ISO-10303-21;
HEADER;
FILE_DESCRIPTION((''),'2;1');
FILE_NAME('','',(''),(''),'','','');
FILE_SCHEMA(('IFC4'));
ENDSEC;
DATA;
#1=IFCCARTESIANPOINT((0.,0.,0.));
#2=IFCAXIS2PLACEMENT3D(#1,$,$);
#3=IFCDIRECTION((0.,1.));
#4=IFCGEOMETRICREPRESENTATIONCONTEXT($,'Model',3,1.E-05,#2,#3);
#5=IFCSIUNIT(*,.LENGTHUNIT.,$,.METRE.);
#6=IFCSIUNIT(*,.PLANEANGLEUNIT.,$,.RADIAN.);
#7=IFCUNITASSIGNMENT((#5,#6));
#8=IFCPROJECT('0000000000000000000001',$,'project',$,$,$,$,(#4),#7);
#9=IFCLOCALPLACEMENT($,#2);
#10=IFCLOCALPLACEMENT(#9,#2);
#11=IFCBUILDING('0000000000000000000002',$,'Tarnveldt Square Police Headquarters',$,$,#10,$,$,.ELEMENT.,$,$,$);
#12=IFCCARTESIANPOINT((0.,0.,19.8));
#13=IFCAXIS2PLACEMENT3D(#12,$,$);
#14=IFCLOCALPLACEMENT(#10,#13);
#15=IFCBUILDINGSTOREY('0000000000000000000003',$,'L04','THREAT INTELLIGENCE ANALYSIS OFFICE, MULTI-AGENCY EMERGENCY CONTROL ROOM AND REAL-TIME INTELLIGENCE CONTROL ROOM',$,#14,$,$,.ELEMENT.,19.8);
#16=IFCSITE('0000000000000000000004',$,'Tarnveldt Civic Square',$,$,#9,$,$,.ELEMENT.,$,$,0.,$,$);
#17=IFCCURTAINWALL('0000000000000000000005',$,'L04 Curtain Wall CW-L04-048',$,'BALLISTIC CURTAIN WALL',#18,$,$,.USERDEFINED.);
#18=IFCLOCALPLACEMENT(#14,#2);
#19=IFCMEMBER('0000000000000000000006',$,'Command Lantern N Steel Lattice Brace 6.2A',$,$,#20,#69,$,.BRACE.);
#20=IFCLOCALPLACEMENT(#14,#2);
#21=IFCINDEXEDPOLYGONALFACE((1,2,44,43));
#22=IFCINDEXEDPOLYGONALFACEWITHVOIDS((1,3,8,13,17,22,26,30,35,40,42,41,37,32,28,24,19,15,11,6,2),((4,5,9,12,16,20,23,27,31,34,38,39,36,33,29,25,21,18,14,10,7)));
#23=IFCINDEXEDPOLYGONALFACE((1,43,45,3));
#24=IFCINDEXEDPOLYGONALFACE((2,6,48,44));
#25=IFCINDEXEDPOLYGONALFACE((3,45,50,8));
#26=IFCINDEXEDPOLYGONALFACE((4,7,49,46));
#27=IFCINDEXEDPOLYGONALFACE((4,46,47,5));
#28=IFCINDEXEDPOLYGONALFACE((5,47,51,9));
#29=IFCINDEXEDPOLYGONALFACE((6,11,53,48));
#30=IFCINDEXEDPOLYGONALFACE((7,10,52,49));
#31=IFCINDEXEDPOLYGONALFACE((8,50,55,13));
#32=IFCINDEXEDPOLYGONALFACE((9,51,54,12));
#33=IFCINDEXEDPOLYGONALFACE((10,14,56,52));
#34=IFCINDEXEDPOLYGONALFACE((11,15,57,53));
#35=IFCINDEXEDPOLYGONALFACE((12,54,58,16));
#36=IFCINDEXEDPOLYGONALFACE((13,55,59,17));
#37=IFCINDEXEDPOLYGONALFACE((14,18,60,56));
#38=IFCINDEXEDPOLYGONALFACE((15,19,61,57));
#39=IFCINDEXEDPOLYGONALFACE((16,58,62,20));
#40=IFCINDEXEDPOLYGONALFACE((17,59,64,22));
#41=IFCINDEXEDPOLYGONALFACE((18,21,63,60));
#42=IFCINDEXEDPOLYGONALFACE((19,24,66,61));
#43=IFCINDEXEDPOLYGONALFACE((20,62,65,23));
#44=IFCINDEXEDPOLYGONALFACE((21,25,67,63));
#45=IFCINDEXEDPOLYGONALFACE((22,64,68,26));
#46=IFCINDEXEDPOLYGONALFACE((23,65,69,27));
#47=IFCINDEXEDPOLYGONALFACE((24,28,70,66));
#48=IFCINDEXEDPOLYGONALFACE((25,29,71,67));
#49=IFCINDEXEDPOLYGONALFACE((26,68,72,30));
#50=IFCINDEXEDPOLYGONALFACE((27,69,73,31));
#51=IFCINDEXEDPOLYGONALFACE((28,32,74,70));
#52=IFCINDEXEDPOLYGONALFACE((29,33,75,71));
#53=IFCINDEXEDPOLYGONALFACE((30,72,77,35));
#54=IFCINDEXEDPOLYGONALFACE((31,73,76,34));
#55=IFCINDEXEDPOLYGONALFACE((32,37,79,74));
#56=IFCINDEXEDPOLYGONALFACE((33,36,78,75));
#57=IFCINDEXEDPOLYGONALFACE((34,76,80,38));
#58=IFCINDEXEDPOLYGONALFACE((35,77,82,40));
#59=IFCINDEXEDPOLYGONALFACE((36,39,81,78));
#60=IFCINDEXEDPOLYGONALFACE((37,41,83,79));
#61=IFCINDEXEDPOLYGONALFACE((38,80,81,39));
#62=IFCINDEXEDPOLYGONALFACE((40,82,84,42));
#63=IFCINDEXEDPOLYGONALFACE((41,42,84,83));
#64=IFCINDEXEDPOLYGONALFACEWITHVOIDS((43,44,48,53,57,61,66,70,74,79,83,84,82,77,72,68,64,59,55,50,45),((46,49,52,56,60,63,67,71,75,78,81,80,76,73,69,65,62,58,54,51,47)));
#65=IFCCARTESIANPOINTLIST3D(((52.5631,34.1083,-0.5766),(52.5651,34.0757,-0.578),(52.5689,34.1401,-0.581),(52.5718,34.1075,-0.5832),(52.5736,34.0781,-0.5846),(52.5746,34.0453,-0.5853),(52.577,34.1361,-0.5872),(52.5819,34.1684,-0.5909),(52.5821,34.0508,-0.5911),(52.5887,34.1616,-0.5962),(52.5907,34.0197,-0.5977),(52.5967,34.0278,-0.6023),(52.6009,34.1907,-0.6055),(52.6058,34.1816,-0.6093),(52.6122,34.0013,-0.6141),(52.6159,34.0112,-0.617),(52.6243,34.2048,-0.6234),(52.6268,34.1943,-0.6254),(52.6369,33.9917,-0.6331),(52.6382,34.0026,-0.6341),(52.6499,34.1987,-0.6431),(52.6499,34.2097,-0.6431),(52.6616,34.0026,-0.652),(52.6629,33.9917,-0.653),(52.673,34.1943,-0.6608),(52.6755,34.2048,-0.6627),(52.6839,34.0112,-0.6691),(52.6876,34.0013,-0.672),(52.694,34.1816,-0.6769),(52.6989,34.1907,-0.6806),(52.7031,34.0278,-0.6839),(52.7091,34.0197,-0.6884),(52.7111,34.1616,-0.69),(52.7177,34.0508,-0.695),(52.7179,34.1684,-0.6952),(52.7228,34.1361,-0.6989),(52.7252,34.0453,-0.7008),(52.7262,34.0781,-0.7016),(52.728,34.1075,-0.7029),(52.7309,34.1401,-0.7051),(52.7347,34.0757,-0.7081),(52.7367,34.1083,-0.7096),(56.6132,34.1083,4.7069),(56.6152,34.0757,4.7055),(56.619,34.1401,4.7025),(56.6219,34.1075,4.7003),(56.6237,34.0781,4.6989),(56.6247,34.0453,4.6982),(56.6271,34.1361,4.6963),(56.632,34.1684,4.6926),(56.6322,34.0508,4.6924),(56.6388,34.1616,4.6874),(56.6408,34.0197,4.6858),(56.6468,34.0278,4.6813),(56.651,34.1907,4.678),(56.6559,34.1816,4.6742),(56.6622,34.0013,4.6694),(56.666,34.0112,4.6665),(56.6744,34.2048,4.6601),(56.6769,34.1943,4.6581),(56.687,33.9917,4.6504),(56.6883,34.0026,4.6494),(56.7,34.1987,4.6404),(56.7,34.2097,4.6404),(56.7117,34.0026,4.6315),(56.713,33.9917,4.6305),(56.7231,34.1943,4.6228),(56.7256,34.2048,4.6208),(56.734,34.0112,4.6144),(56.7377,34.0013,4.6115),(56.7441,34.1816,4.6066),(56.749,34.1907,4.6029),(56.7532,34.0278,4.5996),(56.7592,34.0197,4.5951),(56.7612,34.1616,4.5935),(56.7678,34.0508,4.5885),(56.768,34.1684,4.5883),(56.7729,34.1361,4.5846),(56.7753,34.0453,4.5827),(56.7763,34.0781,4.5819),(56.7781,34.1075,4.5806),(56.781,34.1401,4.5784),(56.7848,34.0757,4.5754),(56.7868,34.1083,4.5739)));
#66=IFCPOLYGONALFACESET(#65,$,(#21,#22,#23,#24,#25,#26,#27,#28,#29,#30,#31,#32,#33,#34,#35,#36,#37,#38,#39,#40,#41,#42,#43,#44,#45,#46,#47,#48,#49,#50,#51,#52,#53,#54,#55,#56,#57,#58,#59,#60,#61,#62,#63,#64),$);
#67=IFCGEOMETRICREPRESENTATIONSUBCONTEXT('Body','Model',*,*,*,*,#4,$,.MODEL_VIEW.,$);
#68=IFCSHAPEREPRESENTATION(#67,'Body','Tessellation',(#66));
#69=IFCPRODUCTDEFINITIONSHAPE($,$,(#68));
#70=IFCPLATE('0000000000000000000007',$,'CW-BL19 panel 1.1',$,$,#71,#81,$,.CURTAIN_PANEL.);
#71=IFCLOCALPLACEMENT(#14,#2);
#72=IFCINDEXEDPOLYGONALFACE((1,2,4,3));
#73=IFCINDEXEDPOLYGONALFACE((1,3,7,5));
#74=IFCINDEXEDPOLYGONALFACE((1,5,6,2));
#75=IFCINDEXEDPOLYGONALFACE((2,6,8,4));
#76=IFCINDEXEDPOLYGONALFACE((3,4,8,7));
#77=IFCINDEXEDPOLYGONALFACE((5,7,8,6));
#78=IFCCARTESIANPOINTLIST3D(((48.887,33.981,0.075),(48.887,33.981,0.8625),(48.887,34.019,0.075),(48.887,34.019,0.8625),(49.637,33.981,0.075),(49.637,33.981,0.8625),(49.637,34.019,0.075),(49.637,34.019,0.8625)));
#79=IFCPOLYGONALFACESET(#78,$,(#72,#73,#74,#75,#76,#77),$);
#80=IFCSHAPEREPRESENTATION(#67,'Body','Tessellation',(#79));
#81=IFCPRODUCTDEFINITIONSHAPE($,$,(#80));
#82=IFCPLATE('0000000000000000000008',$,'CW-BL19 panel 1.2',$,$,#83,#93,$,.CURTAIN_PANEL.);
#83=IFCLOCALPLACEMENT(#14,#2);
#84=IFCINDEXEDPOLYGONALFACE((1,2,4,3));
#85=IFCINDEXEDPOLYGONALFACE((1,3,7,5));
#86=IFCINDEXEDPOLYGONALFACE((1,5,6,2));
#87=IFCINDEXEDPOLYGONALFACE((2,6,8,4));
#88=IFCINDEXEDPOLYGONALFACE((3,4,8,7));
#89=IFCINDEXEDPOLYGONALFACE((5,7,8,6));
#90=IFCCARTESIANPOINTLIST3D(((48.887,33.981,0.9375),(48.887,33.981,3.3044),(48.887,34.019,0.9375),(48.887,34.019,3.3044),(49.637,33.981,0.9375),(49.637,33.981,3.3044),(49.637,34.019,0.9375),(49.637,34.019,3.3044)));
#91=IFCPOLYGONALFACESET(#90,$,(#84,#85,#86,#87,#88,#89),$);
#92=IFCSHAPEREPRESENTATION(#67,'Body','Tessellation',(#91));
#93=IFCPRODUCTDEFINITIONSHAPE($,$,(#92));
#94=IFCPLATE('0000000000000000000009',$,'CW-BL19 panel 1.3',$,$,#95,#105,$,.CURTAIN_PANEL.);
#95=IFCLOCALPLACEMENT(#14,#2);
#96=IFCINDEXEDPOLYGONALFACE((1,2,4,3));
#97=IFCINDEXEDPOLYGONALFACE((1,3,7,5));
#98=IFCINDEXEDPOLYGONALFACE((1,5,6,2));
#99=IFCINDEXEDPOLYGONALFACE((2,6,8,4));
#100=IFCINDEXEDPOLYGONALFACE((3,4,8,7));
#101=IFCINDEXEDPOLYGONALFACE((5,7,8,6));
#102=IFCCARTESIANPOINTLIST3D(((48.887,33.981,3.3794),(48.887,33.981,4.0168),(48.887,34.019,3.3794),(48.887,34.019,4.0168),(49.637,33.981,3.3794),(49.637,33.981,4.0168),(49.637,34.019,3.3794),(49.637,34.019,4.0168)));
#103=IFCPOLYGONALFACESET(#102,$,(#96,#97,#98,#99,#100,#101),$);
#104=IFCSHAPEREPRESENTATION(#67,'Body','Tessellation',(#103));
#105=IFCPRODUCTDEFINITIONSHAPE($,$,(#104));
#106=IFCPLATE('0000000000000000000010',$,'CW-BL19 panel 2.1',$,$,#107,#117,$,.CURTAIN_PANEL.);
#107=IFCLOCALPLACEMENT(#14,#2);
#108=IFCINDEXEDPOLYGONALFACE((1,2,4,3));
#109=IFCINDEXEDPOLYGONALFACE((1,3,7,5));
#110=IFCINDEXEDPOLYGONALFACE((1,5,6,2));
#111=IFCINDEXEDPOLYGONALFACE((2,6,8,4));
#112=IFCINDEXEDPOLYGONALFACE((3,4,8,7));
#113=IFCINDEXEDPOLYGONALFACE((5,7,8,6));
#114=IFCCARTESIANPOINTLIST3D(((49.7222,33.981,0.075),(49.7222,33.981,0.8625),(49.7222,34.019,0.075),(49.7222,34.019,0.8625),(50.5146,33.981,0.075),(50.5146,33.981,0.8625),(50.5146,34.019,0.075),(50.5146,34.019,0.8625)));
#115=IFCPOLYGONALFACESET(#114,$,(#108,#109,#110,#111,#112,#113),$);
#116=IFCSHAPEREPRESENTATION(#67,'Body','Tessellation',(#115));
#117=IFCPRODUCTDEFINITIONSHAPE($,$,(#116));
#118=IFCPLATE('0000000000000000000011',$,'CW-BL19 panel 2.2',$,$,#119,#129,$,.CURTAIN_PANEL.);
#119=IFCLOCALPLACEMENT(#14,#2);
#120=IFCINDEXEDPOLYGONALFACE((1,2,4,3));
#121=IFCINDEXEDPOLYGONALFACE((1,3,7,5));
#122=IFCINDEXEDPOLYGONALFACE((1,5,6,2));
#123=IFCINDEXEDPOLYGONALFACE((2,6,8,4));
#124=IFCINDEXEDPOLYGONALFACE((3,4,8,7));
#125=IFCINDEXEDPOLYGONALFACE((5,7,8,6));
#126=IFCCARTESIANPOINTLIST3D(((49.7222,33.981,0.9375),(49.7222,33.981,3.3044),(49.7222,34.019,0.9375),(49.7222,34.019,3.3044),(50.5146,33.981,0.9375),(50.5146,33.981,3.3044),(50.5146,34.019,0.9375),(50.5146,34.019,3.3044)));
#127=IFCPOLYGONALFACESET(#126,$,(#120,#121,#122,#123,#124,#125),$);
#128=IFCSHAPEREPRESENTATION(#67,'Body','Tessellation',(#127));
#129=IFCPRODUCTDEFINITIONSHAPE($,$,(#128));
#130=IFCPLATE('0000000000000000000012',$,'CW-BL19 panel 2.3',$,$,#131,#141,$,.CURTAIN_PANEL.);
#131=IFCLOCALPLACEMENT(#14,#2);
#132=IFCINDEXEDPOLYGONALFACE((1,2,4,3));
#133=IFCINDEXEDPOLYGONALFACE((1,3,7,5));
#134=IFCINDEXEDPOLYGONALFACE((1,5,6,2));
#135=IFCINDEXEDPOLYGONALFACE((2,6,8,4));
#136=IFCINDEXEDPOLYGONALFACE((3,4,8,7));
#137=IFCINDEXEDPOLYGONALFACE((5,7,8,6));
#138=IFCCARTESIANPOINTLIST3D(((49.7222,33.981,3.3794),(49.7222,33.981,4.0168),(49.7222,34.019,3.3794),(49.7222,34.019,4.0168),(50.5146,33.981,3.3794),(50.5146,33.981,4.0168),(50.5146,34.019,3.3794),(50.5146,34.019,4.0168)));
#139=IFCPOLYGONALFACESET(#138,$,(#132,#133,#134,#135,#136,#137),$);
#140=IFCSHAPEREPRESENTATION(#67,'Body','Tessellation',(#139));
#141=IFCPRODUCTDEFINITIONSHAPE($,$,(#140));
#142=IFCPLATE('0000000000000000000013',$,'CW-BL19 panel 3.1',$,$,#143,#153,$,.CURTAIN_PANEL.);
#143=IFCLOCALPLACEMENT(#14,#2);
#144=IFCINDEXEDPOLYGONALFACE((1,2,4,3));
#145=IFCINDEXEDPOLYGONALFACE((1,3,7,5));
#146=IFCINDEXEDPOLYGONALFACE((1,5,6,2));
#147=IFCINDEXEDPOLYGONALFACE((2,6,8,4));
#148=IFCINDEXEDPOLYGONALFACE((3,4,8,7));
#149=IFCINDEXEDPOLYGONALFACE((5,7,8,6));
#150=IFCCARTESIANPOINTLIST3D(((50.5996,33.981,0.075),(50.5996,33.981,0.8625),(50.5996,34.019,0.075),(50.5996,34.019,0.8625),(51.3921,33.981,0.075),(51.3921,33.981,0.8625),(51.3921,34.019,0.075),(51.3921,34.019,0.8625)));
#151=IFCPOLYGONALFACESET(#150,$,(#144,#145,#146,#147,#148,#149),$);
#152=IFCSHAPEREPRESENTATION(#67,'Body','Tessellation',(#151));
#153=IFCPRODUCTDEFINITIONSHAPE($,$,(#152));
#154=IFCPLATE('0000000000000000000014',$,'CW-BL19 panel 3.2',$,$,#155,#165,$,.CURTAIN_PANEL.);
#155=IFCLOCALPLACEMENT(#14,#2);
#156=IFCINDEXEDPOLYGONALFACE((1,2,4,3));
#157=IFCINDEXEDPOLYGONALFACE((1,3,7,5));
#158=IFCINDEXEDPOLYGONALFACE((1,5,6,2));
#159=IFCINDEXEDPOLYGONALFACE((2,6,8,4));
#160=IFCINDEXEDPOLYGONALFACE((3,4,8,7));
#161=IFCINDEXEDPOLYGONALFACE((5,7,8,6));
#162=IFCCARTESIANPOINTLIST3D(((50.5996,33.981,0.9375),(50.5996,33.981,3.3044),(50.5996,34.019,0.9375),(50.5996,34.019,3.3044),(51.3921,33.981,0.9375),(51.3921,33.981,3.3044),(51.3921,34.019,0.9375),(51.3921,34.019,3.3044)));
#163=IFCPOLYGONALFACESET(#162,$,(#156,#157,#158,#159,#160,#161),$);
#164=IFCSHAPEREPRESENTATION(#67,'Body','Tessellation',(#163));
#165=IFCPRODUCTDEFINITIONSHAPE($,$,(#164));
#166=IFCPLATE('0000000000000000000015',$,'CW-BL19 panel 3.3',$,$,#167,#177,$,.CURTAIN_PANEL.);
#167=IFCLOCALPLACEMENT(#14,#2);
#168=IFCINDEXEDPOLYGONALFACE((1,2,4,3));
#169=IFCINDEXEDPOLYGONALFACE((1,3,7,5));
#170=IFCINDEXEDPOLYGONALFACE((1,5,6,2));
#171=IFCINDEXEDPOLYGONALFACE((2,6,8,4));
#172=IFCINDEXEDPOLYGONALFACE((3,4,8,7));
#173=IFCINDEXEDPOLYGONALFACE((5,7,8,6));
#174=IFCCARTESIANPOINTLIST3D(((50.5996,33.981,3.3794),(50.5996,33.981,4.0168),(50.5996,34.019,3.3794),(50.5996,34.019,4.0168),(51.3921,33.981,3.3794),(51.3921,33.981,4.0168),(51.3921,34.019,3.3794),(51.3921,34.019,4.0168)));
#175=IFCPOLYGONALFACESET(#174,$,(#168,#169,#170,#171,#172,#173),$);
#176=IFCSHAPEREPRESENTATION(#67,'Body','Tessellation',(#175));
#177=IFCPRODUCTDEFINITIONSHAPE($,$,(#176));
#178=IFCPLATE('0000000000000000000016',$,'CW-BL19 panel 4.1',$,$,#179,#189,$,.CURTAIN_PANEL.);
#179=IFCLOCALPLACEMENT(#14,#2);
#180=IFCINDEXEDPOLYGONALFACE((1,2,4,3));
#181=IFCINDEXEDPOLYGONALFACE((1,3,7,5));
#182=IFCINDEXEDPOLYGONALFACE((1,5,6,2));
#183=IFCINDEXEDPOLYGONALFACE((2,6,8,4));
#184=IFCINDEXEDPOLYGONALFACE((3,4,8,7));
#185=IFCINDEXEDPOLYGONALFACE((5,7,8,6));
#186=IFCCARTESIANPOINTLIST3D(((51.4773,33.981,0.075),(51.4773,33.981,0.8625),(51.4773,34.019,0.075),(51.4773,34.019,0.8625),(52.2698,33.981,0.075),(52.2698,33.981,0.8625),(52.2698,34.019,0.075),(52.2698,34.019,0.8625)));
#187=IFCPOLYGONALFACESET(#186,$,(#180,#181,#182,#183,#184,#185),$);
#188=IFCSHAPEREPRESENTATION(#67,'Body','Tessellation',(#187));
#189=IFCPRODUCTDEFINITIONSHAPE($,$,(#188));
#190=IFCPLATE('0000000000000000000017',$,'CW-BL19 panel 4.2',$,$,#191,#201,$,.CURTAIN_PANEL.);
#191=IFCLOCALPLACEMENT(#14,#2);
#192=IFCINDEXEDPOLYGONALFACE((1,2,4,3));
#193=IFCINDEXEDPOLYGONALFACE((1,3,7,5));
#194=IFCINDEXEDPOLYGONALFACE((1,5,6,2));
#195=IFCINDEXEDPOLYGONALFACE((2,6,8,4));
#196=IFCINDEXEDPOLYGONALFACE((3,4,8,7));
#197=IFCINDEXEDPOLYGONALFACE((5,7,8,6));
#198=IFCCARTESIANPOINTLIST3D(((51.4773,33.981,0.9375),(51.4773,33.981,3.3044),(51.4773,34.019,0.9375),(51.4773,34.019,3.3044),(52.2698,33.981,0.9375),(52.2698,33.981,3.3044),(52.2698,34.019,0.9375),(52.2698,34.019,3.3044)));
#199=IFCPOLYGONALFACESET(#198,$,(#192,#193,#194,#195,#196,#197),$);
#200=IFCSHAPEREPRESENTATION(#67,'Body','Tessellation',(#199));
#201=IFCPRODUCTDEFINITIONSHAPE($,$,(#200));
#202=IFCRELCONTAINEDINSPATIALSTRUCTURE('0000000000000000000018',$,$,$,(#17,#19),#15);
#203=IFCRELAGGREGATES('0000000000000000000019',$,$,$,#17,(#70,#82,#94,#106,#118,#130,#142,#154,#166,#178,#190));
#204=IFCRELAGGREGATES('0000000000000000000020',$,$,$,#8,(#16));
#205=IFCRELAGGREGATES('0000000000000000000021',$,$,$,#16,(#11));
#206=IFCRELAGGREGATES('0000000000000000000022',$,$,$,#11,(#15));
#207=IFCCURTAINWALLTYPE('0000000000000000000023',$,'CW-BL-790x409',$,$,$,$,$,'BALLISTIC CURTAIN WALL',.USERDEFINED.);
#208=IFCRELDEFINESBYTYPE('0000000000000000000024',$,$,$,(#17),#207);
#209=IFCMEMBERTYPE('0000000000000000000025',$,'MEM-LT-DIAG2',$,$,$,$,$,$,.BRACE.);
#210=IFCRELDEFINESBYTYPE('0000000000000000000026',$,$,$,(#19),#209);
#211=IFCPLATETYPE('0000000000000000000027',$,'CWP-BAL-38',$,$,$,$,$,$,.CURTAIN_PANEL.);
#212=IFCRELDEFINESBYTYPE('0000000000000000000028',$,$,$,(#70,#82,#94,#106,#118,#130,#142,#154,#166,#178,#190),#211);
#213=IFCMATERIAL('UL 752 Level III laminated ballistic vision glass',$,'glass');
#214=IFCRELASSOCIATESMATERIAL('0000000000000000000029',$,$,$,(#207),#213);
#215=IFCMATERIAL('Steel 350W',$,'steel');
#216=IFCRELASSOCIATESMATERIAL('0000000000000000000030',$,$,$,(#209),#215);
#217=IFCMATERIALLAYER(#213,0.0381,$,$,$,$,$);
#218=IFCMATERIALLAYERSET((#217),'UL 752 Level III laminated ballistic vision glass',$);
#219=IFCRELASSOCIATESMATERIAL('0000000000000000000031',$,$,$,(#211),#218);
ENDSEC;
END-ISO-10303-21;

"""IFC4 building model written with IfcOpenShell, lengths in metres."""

from ifc_helpers import new_model, si_unit, direction, frame, origin, origin_2d, place, context, subcontext, project, spatial, rectangle, hollow_circle, extrude, material, layer, layer_set, material_profile, profile_set, type_object, element, aggregate, save


model = new_model("IFC4")

# Units and contexts
model_context = context("Model", 3, precision=1e-05, world=origin(), true_north=direction((0.0, 1.0)))
body_context = subcontext(model_context, "Body", "Model", "MODEL_VIEW")
ifc_project = project(units=[si_unit("LENGTHUNIT", "METRE"), si_unit("PLANEANGLEUNIT", "RADIAN")], contexts=[model_context])

# Site, building, storey
site_placement = place(None, origin())
site = spatial("IfcSite", under=ifc_project, at=site_placement, Name="Tarnveldt Civic Square", CompositionType="ELEMENT", RefElevation=0.0)
building_placement = place(site_placement, origin())
building = spatial("IfcBuilding", under=site, at=building_placement, Name="Tarnveldt Square Police Headquarters", CompositionType="ELEMENT")
storey_placement = place(building_placement, frame((0.0, 0.0, 19.8)))
storey = spatial("IfcBuildingStorey", under=building, at=storey_placement, Name="L04", Description="THREAT INTELLIGENCE ANALYSIS OFFICE, MULTI-AGENCY EMERGENCY CONTROL ROOM AND REAL-TIME INTELLIGENCE CONTROL ROOM", CompositionType="ELEMENT", Elevation=19.8)

# Curtain wall
ifc_material_1 = material(Name="UL 752 Level III laminated ballistic vision glass", Category="glass")
curtain_wall_type = type_object("IfcCurtainWallType", Name="CW-BL-790x409", ElementType="BALLISTIC CURTAIN WALL", PredefinedType="USERDEFINED", material=ifc_material_1)
curtain_wall_placement = place(storey_placement, origin())
curtain_wall = element("IfcCurtainWall", 1, at=curtain_wall_placement, inside=storey, type_object=curtain_wall_type, Name="L04 Curtain Wall CW-L04-048", ObjectType="BALLISTIC CURTAIN WALL", PredefinedType="USERDEFINED")

# Member
ifc_material_2 = material(Name="Steel 350W", Category="steel")
ifc_material_profile_1 = material_profile(ifc_material_2, hollow_circle(Radius=0.1096, WallThickness=0.011, at=origin_2d()), Name="HSS219x11")
ifc_profile_set_1 = profile_set([ifc_material_profile_1], Name="Steel 350W")
member_type_1 = type_object("IfcMemberType", Name="MEM-LT-DIAG2", PredefinedType="BRACE", material=ifc_profile_set_1)
member_1_placement = place(storey_placement, frame((52.6499, 34.1001, -0.6431), z_axis=(0.608375, 0.0, 0.793649), x_axis=(0.0, 1.0, 0.0)))
element("IfcMember", 2, at=member_1_placement, inside=storey, type_object=member_type_1, Name="Command Lantern N Steel Lattice Brace 6.2A", PredefinedType="BRACE", context=body_context, shape_type="SweptSolid", body=[
    extrude(hollow_circle(Radius=0.1096, WallThickness=0.011, at=origin_2d()), origin(), (0.0, 0.0, 1.0), 6.6572),
])

# Plates
ifc_layer_1 = layer(ifc_material_1, 0.0381)
ifc_layer_set_1 = layer_set([ifc_layer_1], Name="UL 752 Level III laminated ballistic vision glass")
plate_type_1 = type_object("IfcPlateType", Name="CWP-BAL-38", PredefinedType="CURTAIN_PANEL", material=ifc_layer_set_1)
plate_1_placement = place(storey_placement, frame((49.262, 34.0, 0.075), z_axis=(0.0, 0.0, 1.0), x_axis=(1.0, 0.0, 0.0)))
plate_1 = element("IfcPlate", 3, at=plate_1_placement, type_object=plate_type_1, Name="CW-BL19 panel 1.1", PredefinedType="CURTAIN_PANEL", context=body_context, shape_type="SweptSolid", body=[
    extrude(rectangle(XDim=0.75, YDim=0.0381, at=origin_2d()), origin(), (0.0, 0.0, 1.0), 0.7876),
])
plate_2_placement = place(storey_placement, frame((49.262, 34.0, 0.9375), z_axis=(0.0, 0.0, 1.0), x_axis=(1.0, 0.0, 0.0)))
plate_2 = element("IfcPlate", 4, at=plate_2_placement, type_object=plate_type_1, Name="CW-BL19 panel 1.2", PredefinedType="CURTAIN_PANEL", context=body_context, shape_type="SweptSolid", body=[
    extrude(rectangle(XDim=0.75, YDim=0.0381, at=origin_2d()), origin(), (0.0, 0.0, 1.0), 2.3669),
])
plate_3_placement = place(storey_placement, frame((49.262, 34.0, 3.3794), z_axis=(0.0, 0.0, 1.0), x_axis=(1.0, 0.0, 0.0)))
plate_3 = element("IfcPlate", 5, at=plate_3_placement, type_object=plate_type_1, Name="CW-BL19 panel 1.3", PredefinedType="CURTAIN_PANEL", context=body_context, shape_type="SweptSolid", body=[
    extrude(rectangle(XDim=0.75, YDim=0.0381, at=origin_2d()), origin(), (0.0, 0.0, 1.0), 0.6375),
])
plate_4_placement = place(storey_placement, frame((50.1184, 34.0, 0.075), z_axis=(0.0, 0.0, 1.0), x_axis=(1.0, 0.0, 0.0)))
plate_4 = element("IfcPlate", 6, at=plate_4_placement, type_object=plate_type_1, Name="CW-BL19 panel 2.1", PredefinedType="CURTAIN_PANEL", context=body_context, shape_type="SweptSolid", body=[
    extrude(rectangle(XDim=0.7925, YDim=0.0381, at=origin_2d()), origin(), (0.0, 0.0, 1.0), 0.7876),
])
plate_5_placement = place(storey_placement, frame((50.1184, 34.0, 0.9375), z_axis=(0.0, 0.0, 1.0), x_axis=(1.0, 0.0, 0.0)))
plate_5 = element("IfcPlate", 7, at=plate_5_placement, type_object=plate_type_1, Name="CW-BL19 panel 2.2", PredefinedType="CURTAIN_PANEL", context=body_context, shape_type="SweptSolid", body=[
    extrude(rectangle(XDim=0.7925, YDim=0.0381, at=origin_2d()), origin(), (0.0, 0.0, 1.0), 2.3669),
])
plate_6_placement = place(storey_placement, frame((50.1184, 34.0, 3.3794), z_axis=(0.0, 0.0, 1.0), x_axis=(1.0, 0.0, 0.0)))
plate_6 = element("IfcPlate", 8, at=plate_6_placement, type_object=plate_type_1, Name="CW-BL19 panel 2.3", PredefinedType="CURTAIN_PANEL", context=body_context, shape_type="SweptSolid", body=[
    extrude(rectangle(XDim=0.7925, YDim=0.0381, at=origin_2d()), origin(), (0.0, 0.0, 1.0), 0.6375),
])
plate_7_placement = place(storey_placement, frame((50.9958, 34.0, 0.075), z_axis=(0.0, 0.0, 1.0), x_axis=(1.0, 0.0, 0.0)))
plate_7 = element("IfcPlate", 9, at=plate_7_placement, type_object=plate_type_1, Name="CW-BL19 panel 3.1", PredefinedType="CURTAIN_PANEL", context=body_context, shape_type="SweptSolid", body=[
    extrude(rectangle(XDim=0.7925, YDim=0.0381, at=origin_2d()), origin(), (0.0, 0.0, 1.0), 0.7876),
])
plate_8_placement = place(storey_placement, frame((50.9958, 34.0, 0.9375), z_axis=(0.0, 0.0, 1.0), x_axis=(1.0, 0.0, 0.0)))
plate_8 = element("IfcPlate", 10, at=plate_8_placement, type_object=plate_type_1, Name="CW-BL19 panel 3.2", PredefinedType="CURTAIN_PANEL", context=body_context, shape_type="SweptSolid", body=[
    extrude(rectangle(XDim=0.7925, YDim=0.0381, at=origin_2d()), origin(), (0.0, 0.0, 1.0), 2.3669),
])
plate_9_placement = place(storey_placement, frame((50.9958, 34.0, 3.3794), z_axis=(0.0, 0.0, 1.0), x_axis=(1.0, 0.0, 0.0)))
plate_9 = element("IfcPlate", 11, at=plate_9_placement, type_object=plate_type_1, Name="CW-BL19 panel 3.3", PredefinedType="CURTAIN_PANEL", context=body_context, shape_type="SweptSolid", body=[
    extrude(rectangle(XDim=0.7925, YDim=0.0381, at=origin_2d()), origin(), (0.0, 0.0, 1.0), 0.6375),
])
plate_10_placement = place(storey_placement, frame((51.8735, 34.0, 0.075), z_axis=(0.0, 0.0, 1.0), x_axis=(1.0, 0.0, 0.0)))
plate_10 = element("IfcPlate", 12, at=plate_10_placement, type_object=plate_type_1, Name="CW-BL19 panel 4.1", PredefinedType="CURTAIN_PANEL", context=body_context, shape_type="SweptSolid", body=[
    extrude(rectangle(XDim=0.7925, YDim=0.0381, at=origin_2d()), origin(), (0.0, 0.0, 1.0), 0.7876),
])
plate_11_placement = place(storey_placement, frame((51.8735, 34.0, 0.9375), z_axis=(0.0, 0.0, 1.0), x_axis=(1.0, 0.0, 0.0)))
plate_11 = element("IfcPlate", 13, at=plate_11_placement, type_object=plate_type_1, Name="CW-BL19 panel 4.2", PredefinedType="CURTAIN_PANEL", context=body_context, shape_type="SweptSolid", body=[
    extrude(rectangle(XDim=0.7925, YDim=0.0381, at=origin_2d()), origin(), (0.0, 0.0, 1.0), 2.3669),
])
aggregate(curtain_wall, [plate_1, plate_2, plate_3, plate_4, plate_5, plate_6, plate_7, plate_8, plate_9, plate_10, plate_11])

save(model, "model.ifc")
